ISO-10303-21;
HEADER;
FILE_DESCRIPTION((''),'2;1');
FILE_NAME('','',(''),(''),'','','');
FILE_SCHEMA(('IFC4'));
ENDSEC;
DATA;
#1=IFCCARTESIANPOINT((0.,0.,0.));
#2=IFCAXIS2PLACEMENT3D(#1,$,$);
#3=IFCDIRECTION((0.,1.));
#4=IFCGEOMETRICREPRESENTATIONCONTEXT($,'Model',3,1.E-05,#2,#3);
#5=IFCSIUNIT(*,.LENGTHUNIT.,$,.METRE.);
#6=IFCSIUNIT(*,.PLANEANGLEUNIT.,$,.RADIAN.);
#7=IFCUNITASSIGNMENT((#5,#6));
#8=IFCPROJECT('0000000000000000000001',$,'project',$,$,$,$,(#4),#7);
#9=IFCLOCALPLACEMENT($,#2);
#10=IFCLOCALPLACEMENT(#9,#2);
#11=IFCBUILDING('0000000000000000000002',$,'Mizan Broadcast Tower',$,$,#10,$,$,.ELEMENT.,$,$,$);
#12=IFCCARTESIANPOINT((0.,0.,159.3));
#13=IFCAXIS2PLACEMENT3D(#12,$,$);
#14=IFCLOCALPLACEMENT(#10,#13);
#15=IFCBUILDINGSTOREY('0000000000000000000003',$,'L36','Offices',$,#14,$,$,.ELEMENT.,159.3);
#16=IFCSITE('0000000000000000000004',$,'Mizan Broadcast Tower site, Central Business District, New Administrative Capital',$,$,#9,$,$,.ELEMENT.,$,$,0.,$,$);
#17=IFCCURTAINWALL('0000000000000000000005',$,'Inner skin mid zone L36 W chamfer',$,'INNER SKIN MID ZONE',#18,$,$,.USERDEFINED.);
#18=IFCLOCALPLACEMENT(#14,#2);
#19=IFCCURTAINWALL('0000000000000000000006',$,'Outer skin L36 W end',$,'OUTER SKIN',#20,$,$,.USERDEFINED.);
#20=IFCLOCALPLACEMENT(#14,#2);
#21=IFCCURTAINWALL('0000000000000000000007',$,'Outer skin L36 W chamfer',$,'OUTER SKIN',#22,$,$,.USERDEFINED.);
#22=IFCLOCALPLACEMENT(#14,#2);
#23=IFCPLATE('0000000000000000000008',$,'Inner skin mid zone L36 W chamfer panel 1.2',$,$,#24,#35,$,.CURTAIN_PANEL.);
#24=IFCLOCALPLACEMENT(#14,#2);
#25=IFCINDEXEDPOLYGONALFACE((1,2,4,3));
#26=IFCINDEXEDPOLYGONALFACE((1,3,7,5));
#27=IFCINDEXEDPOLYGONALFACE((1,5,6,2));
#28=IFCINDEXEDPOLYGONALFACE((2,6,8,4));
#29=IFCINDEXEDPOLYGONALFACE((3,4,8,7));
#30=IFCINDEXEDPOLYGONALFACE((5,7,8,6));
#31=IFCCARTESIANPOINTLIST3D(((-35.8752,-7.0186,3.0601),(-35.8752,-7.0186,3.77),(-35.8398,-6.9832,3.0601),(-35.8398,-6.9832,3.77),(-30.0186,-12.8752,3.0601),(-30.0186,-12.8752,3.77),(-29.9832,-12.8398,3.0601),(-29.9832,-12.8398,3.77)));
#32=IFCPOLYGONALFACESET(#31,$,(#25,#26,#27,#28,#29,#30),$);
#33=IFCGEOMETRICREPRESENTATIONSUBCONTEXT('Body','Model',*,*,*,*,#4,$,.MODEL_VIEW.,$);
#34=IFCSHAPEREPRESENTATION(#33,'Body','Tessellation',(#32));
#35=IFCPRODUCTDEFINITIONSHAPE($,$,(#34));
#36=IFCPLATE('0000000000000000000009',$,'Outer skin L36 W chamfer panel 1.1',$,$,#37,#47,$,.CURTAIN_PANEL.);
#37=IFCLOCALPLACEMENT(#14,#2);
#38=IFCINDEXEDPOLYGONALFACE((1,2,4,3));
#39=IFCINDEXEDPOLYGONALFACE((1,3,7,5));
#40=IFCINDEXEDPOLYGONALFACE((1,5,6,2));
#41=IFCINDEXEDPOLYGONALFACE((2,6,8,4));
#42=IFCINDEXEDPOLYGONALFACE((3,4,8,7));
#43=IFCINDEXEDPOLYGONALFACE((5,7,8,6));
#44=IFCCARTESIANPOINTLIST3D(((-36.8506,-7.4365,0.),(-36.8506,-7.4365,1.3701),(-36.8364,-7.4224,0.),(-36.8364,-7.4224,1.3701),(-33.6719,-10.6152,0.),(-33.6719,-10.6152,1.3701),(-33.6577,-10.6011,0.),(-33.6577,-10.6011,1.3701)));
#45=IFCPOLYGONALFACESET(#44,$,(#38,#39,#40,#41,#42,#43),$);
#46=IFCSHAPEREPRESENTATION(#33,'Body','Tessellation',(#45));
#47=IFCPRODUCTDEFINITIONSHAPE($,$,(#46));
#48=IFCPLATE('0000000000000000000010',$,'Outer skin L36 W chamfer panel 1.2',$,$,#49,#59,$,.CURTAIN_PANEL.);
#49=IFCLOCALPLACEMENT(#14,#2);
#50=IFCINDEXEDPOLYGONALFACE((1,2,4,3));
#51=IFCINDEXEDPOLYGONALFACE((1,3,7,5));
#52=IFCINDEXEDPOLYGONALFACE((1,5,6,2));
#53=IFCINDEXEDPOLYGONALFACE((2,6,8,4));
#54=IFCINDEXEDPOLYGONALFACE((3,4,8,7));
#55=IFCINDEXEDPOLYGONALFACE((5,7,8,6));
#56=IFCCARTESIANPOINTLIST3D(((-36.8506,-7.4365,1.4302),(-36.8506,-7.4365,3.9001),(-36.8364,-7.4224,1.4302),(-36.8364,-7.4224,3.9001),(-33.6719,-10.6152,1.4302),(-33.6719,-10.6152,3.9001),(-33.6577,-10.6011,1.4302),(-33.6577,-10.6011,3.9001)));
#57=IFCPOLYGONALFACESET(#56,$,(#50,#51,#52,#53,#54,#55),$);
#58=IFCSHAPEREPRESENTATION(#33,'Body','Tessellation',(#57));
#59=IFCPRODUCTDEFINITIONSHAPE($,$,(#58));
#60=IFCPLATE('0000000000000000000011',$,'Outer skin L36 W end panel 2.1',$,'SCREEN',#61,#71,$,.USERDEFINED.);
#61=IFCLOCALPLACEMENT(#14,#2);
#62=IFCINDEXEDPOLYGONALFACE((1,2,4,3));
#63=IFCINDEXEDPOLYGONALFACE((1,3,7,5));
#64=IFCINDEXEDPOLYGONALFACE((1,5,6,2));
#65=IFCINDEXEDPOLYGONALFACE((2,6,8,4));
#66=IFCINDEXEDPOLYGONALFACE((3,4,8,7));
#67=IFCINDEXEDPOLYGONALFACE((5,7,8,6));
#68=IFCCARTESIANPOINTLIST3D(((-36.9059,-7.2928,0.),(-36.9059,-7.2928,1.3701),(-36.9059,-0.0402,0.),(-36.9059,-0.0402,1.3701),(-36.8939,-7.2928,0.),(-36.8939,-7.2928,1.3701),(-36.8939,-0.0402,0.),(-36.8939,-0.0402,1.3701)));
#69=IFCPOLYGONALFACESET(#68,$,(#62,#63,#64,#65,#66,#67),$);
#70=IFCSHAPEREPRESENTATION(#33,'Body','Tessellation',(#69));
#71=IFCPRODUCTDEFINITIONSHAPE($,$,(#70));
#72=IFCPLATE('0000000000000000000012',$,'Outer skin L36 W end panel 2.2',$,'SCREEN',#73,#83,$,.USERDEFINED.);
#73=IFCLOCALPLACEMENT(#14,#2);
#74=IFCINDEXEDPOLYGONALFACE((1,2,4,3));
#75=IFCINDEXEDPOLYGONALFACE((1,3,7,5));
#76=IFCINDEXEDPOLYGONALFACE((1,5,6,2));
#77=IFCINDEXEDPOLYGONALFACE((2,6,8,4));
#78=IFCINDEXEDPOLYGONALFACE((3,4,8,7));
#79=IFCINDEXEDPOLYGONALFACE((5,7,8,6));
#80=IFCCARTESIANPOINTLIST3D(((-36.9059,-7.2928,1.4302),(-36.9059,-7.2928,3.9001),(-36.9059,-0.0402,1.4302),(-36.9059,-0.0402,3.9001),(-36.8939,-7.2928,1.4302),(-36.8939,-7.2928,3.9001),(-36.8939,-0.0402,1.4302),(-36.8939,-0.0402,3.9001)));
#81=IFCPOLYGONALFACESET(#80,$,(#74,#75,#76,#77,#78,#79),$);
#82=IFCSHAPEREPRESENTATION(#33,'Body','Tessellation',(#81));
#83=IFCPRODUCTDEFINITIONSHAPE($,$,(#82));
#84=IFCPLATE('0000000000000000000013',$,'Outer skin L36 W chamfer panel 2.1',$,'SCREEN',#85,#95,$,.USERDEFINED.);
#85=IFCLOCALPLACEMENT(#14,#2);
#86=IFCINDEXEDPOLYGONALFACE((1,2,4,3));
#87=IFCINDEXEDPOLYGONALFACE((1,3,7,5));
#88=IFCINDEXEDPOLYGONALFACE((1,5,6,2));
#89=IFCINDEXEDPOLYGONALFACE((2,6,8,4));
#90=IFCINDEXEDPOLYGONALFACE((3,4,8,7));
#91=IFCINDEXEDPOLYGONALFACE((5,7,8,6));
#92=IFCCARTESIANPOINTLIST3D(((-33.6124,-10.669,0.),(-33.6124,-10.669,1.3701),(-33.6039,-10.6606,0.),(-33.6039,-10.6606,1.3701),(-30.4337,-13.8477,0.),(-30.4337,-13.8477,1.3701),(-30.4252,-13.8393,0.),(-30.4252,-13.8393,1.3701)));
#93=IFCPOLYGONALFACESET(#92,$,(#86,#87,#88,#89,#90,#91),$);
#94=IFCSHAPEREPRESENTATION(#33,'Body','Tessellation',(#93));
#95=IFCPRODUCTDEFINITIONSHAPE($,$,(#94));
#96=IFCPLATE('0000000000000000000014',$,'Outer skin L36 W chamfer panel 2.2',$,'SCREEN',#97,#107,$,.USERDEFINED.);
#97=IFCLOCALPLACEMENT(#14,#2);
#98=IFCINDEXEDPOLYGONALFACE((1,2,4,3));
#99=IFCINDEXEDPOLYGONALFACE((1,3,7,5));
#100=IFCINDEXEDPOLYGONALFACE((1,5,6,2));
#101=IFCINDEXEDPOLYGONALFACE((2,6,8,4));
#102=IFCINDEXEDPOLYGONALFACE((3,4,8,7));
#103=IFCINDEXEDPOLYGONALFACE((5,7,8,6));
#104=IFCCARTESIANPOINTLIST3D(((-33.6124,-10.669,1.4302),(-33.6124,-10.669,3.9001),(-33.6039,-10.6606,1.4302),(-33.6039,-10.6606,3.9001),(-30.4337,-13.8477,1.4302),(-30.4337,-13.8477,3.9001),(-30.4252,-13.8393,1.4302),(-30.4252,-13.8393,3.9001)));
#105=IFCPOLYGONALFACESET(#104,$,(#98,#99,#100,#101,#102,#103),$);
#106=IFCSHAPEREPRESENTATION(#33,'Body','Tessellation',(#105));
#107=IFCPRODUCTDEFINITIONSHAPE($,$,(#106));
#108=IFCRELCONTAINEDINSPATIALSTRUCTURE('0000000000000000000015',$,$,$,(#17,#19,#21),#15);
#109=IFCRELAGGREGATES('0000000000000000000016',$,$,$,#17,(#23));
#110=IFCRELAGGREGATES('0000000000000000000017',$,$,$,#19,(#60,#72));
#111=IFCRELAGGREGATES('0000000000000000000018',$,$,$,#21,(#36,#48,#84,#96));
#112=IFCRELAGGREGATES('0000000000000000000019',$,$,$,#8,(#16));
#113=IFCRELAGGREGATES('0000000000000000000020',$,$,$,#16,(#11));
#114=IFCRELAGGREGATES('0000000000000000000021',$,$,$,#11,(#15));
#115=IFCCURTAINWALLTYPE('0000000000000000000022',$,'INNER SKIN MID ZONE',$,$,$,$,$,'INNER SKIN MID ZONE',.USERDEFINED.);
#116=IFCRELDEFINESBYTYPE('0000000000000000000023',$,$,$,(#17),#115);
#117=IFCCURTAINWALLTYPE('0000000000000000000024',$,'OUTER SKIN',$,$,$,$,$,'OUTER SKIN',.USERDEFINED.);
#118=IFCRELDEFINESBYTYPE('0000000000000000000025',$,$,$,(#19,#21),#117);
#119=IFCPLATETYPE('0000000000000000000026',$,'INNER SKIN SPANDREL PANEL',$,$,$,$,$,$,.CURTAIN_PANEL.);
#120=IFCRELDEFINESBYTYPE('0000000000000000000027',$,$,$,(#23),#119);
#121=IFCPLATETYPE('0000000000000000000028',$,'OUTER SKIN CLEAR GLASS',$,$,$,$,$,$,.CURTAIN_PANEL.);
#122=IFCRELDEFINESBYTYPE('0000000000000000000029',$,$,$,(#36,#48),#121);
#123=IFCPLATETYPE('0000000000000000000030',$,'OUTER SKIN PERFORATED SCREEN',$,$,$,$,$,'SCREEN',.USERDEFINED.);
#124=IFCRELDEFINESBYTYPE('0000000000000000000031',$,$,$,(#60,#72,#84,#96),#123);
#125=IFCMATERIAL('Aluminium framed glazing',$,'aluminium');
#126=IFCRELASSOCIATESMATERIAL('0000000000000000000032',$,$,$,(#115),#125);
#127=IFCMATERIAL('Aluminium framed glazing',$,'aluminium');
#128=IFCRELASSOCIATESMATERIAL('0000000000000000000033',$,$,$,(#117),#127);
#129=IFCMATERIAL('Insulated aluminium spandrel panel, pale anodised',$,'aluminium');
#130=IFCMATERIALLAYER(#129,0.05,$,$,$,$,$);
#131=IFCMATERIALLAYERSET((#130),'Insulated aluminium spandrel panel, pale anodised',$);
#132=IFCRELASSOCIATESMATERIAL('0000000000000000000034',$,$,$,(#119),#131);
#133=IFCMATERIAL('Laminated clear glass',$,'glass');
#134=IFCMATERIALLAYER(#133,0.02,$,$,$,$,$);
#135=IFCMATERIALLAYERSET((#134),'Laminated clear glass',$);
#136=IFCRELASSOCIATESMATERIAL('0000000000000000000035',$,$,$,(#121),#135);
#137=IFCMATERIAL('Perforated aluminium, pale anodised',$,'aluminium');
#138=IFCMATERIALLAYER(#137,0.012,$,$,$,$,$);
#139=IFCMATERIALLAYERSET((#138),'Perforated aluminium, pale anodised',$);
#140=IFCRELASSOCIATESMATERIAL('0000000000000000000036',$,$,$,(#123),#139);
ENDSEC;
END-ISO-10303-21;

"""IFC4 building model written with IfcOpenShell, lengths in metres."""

from ifc_helpers import new_model, si_unit, direction, frame, origin, origin_2d, place, context, subcontext, project, spatial, rectangle, extrude, material, layer, layer_set, type_object, element, aggregate, save


model = new_model("IFC4")

# Units and contexts
model_context = context("Model", 3, precision=1e-05, world=origin(), true_north=direction((0.0, 1.0)))
body_context = subcontext(model_context, "Body", "Model", "MODEL_VIEW")
ifc_project = project(units=[si_unit("LENGTHUNIT", "METRE"), si_unit("PLANEANGLEUNIT", "RADIAN")], contexts=[model_context])

# Site, building, storey
site_placement = place(None, origin())
site = spatial("IfcSite", under=ifc_project, at=site_placement, Name="Mizan Broadcast Tower site, Central Business District, New Administrative Capital", CompositionType="ELEMENT", RefElevation=0.0)
building_placement = place(site_placement, origin())
building = spatial("IfcBuilding", under=site, at=building_placement, Name="Mizan Broadcast Tower", CompositionType="ELEMENT")
storey_placement = place(building_placement, frame((0.0, 0.0, 159.3)))
storey = spatial("IfcBuildingStorey", under=building, at=storey_placement, Name="L36", Description="Offices", CompositionType="ELEMENT", Elevation=159.3)

# Shared definitions
ifc_material_1 = material(Name="Aluminium framed glazing", Category="aluminium")
curtain_wall_type_1 = type_object("IfcCurtainWallType", Name="INNER SKIN MID ZONE", ElementType="INNER SKIN MID ZONE", PredefinedType="USERDEFINED", material=ifc_material_1)

# Curtain wall
curtain_wall_1_placement = place(storey_placement, origin())
curtain_wall_1 = element("IfcCurtainWall", 1, at=curtain_wall_1_placement, inside=storey, type_object=curtain_wall_type_1, Name="Inner skin mid zone L36 W chamfer", ObjectType="INNER SKIN MID ZONE", PredefinedType="USERDEFINED")

# Curtain walls
ifc_material_2 = material(Name="Aluminium framed glazing", Category="aluminium")
curtain_wall_type_2 = type_object("IfcCurtainWallType", Name="OUTER SKIN", ElementType="OUTER SKIN", PredefinedType="USERDEFINED", material=ifc_material_2)
curtain_wall_2_placement = place(storey_placement, origin())
curtain_wall_2 = element("IfcCurtainWall", 2, at=curtain_wall_2_placement, inside=storey, type_object=curtain_wall_type_2, Name="Outer skin L36 W end", ObjectType="OUTER SKIN", PredefinedType="USERDEFINED")
curtain_wall_3_placement = place(storey_placement, origin())
curtain_wall_3 = element("IfcCurtainWall", 3, at=curtain_wall_3_placement, inside=storey, type_object=curtain_wall_type_2, Name="Outer skin L36 W chamfer", ObjectType="OUTER SKIN", PredefinedType="USERDEFINED")

# Plates
ifc_material_3 = material(Name="Insulated aluminium spandrel panel, pale anodised", Category="aluminium")
ifc_layer_1 = layer(ifc_material_3, 0.05)
ifc_layer_set_1 = layer_set([ifc_layer_1], Name="Insulated aluminium spandrel panel, pale anodised")
plate_type_1 = type_object("IfcPlateType", Name="INNER SKIN SPANDREL PANEL", PredefinedType="CURTAIN_PANEL", material=ifc_layer_set_1)
plate_1_placement = place(storey_placement, frame((-32.9292, -9.9292, 3.0601), z_axis=(0.0, 0.0, 1.0), x_axis=(0.707107, -0.707107, 0.0)))
plate_1 = element("IfcPlate", 4, at=plate_1_placement, type_object=plate_type_1, Name="Inner skin mid zone L36 W chamfer panel 1.2", PredefinedType="CURTAIN_PANEL", context=body_context, shape_type="SweptSolid", body=[
    extrude(rectangle(XDim=8.2825, YDim=0.05, at=origin_2d()), origin(), (0.0, 0.0, 1.0), 0.71),
])
aggregate(curtain_wall_1, [plate_1])
ifc_material_4 = material(Name="Laminated clear glass", Category="glass")
ifc_layer_2 = layer(ifc_material_4, 0.02)
ifc_layer_set_2 = layer_set([ifc_layer_2], Name="Laminated clear glass")
plate_type_2 = type_object("IfcPlateType", Name="OUTER SKIN CLEAR GLASS", PredefinedType="CURTAIN_PANEL", material=ifc_layer_set_2)
plate_2_placement = place(storey_placement, frame((-35.2542, -9.0188, 0.0), z_axis=(0.0, 0.0, 1.0), x_axis=(0.707107, -0.707107, 0.0)))
plate_2 = element("IfcPlate", 5, at=plate_2_placement, type_object=plate_type_2, Name="Outer skin L36 W chamfer panel 1.1", PredefinedType="CURTAIN_PANEL", context=body_context, shape_type="SweptSolid", body=[
    extrude(rectangle(XDim=4.4954, YDim=0.02, at=origin_2d()), origin(), (0.0, 0.0, 1.0), 1.3701),
])
plate_3_placement = place(storey_placement, frame((-35.2542, -9.0188, 1.4302), z_axis=(0.0, 0.0, 1.0), x_axis=(0.707107, -0.707107, 0.0)))
plate_3 = element("IfcPlate", 6, at=plate_3_placement, type_object=plate_type_2, Name="Outer skin L36 W chamfer panel 1.2", PredefinedType="CURTAIN_PANEL", context=body_context, shape_type="SweptSolid", body=[
    extrude(rectangle(XDim=4.4954, YDim=0.02, at=origin_2d()), origin(), (0.0, 0.0, 1.0), 2.47),
])
ifc_material_5 = material(Name="Perforated aluminium, pale anodised", Category="aluminium")
ifc_layer_3 = layer(ifc_material_5, 0.012)
ifc_layer_set_3 = layer_set([ifc_layer_3], Name="Perforated aluminium, pale anodised")
plate_type_3 = type_object("IfcPlateType", Name="OUTER SKIN PERFORATED SCREEN", ElementType="SCREEN", PredefinedType="USERDEFINED", material=ifc_layer_set_3)
plate_4_placement = place(storey_placement, frame((-36.8999, -3.6665, 0.0), z_axis=(0.0, 0.0, 1.0), x_axis=(0.0, -1.0, 0.0)))
plate_4 = element("IfcPlate", 7, at=plate_4_placement, type_object=plate_type_3, Name="Outer skin L36 W end panel 2.1", ObjectType="SCREEN", PredefinedType="USERDEFINED", context=body_context, shape_type="SweptSolid", body=[
    extrude(rectangle(XDim=7.2527, YDim=0.012, at=origin_2d()), origin(), (0.0, 0.0, 1.0), 1.3701),
])
plate_5_placement = place(storey_placement, frame((-36.8999, -3.6665, 1.4302), z_axis=(0.0, 0.0, 1.0), x_axis=(0.0, -1.0, 0.0)))
plate_5 = element("IfcPlate", 8, at=plate_5_placement, type_object=plate_type_3, Name="Outer skin L36 W end panel 2.2", ObjectType="SCREEN", PredefinedType="USERDEFINED", context=body_context, shape_type="SweptSolid", body=[
    extrude(rectangle(XDim=7.2527, YDim=0.012, at=origin_2d()), origin(), (0.0, 0.0, 1.0), 2.47),
])
aggregate(curtain_wall_2, [plate_4, plate_5])
plate_6_placement = place(storey_placement, frame((-32.0188, -12.2542, 0.0), z_axis=(0.0, 0.0, 1.0), x_axis=(0.707107, -0.707107, 0.0)))
plate_6 = element("IfcPlate", 9, at=plate_6_placement, type_object=plate_type_3, Name="Outer skin L36 W chamfer panel 2.1", ObjectType="SCREEN", PredefinedType="USERDEFINED", context=body_context, shape_type="SweptSolid", body=[
    extrude(rectangle(XDim=4.4954, YDim=0.012, at=origin_2d()), origin(), (0.0, 0.0, 1.0), 1.3701),
])
plate_7_placement = place(storey_placement, frame((-32.0188, -12.2542, 1.4302), z_axis=(0.0, 0.0, 1.0), x_axis=(0.707107, -0.707107, 0.0)))
plate_7 = element("IfcPlate", 10, at=plate_7_placement, type_object=plate_type_3, Name="Outer skin L36 W chamfer panel 2.2", ObjectType="SCREEN", PredefinedType="USERDEFINED", context=body_context, shape_type="SweptSolid", body=[
    extrude(rectangle(XDim=4.4954, YDim=0.012, at=origin_2d()), origin(), (0.0, 0.0, 1.0), 2.47),
])
aggregate(curtain_wall_3, [plate_2, plate_3, plate_6, plate_7])

save(model, "model.ifc")
